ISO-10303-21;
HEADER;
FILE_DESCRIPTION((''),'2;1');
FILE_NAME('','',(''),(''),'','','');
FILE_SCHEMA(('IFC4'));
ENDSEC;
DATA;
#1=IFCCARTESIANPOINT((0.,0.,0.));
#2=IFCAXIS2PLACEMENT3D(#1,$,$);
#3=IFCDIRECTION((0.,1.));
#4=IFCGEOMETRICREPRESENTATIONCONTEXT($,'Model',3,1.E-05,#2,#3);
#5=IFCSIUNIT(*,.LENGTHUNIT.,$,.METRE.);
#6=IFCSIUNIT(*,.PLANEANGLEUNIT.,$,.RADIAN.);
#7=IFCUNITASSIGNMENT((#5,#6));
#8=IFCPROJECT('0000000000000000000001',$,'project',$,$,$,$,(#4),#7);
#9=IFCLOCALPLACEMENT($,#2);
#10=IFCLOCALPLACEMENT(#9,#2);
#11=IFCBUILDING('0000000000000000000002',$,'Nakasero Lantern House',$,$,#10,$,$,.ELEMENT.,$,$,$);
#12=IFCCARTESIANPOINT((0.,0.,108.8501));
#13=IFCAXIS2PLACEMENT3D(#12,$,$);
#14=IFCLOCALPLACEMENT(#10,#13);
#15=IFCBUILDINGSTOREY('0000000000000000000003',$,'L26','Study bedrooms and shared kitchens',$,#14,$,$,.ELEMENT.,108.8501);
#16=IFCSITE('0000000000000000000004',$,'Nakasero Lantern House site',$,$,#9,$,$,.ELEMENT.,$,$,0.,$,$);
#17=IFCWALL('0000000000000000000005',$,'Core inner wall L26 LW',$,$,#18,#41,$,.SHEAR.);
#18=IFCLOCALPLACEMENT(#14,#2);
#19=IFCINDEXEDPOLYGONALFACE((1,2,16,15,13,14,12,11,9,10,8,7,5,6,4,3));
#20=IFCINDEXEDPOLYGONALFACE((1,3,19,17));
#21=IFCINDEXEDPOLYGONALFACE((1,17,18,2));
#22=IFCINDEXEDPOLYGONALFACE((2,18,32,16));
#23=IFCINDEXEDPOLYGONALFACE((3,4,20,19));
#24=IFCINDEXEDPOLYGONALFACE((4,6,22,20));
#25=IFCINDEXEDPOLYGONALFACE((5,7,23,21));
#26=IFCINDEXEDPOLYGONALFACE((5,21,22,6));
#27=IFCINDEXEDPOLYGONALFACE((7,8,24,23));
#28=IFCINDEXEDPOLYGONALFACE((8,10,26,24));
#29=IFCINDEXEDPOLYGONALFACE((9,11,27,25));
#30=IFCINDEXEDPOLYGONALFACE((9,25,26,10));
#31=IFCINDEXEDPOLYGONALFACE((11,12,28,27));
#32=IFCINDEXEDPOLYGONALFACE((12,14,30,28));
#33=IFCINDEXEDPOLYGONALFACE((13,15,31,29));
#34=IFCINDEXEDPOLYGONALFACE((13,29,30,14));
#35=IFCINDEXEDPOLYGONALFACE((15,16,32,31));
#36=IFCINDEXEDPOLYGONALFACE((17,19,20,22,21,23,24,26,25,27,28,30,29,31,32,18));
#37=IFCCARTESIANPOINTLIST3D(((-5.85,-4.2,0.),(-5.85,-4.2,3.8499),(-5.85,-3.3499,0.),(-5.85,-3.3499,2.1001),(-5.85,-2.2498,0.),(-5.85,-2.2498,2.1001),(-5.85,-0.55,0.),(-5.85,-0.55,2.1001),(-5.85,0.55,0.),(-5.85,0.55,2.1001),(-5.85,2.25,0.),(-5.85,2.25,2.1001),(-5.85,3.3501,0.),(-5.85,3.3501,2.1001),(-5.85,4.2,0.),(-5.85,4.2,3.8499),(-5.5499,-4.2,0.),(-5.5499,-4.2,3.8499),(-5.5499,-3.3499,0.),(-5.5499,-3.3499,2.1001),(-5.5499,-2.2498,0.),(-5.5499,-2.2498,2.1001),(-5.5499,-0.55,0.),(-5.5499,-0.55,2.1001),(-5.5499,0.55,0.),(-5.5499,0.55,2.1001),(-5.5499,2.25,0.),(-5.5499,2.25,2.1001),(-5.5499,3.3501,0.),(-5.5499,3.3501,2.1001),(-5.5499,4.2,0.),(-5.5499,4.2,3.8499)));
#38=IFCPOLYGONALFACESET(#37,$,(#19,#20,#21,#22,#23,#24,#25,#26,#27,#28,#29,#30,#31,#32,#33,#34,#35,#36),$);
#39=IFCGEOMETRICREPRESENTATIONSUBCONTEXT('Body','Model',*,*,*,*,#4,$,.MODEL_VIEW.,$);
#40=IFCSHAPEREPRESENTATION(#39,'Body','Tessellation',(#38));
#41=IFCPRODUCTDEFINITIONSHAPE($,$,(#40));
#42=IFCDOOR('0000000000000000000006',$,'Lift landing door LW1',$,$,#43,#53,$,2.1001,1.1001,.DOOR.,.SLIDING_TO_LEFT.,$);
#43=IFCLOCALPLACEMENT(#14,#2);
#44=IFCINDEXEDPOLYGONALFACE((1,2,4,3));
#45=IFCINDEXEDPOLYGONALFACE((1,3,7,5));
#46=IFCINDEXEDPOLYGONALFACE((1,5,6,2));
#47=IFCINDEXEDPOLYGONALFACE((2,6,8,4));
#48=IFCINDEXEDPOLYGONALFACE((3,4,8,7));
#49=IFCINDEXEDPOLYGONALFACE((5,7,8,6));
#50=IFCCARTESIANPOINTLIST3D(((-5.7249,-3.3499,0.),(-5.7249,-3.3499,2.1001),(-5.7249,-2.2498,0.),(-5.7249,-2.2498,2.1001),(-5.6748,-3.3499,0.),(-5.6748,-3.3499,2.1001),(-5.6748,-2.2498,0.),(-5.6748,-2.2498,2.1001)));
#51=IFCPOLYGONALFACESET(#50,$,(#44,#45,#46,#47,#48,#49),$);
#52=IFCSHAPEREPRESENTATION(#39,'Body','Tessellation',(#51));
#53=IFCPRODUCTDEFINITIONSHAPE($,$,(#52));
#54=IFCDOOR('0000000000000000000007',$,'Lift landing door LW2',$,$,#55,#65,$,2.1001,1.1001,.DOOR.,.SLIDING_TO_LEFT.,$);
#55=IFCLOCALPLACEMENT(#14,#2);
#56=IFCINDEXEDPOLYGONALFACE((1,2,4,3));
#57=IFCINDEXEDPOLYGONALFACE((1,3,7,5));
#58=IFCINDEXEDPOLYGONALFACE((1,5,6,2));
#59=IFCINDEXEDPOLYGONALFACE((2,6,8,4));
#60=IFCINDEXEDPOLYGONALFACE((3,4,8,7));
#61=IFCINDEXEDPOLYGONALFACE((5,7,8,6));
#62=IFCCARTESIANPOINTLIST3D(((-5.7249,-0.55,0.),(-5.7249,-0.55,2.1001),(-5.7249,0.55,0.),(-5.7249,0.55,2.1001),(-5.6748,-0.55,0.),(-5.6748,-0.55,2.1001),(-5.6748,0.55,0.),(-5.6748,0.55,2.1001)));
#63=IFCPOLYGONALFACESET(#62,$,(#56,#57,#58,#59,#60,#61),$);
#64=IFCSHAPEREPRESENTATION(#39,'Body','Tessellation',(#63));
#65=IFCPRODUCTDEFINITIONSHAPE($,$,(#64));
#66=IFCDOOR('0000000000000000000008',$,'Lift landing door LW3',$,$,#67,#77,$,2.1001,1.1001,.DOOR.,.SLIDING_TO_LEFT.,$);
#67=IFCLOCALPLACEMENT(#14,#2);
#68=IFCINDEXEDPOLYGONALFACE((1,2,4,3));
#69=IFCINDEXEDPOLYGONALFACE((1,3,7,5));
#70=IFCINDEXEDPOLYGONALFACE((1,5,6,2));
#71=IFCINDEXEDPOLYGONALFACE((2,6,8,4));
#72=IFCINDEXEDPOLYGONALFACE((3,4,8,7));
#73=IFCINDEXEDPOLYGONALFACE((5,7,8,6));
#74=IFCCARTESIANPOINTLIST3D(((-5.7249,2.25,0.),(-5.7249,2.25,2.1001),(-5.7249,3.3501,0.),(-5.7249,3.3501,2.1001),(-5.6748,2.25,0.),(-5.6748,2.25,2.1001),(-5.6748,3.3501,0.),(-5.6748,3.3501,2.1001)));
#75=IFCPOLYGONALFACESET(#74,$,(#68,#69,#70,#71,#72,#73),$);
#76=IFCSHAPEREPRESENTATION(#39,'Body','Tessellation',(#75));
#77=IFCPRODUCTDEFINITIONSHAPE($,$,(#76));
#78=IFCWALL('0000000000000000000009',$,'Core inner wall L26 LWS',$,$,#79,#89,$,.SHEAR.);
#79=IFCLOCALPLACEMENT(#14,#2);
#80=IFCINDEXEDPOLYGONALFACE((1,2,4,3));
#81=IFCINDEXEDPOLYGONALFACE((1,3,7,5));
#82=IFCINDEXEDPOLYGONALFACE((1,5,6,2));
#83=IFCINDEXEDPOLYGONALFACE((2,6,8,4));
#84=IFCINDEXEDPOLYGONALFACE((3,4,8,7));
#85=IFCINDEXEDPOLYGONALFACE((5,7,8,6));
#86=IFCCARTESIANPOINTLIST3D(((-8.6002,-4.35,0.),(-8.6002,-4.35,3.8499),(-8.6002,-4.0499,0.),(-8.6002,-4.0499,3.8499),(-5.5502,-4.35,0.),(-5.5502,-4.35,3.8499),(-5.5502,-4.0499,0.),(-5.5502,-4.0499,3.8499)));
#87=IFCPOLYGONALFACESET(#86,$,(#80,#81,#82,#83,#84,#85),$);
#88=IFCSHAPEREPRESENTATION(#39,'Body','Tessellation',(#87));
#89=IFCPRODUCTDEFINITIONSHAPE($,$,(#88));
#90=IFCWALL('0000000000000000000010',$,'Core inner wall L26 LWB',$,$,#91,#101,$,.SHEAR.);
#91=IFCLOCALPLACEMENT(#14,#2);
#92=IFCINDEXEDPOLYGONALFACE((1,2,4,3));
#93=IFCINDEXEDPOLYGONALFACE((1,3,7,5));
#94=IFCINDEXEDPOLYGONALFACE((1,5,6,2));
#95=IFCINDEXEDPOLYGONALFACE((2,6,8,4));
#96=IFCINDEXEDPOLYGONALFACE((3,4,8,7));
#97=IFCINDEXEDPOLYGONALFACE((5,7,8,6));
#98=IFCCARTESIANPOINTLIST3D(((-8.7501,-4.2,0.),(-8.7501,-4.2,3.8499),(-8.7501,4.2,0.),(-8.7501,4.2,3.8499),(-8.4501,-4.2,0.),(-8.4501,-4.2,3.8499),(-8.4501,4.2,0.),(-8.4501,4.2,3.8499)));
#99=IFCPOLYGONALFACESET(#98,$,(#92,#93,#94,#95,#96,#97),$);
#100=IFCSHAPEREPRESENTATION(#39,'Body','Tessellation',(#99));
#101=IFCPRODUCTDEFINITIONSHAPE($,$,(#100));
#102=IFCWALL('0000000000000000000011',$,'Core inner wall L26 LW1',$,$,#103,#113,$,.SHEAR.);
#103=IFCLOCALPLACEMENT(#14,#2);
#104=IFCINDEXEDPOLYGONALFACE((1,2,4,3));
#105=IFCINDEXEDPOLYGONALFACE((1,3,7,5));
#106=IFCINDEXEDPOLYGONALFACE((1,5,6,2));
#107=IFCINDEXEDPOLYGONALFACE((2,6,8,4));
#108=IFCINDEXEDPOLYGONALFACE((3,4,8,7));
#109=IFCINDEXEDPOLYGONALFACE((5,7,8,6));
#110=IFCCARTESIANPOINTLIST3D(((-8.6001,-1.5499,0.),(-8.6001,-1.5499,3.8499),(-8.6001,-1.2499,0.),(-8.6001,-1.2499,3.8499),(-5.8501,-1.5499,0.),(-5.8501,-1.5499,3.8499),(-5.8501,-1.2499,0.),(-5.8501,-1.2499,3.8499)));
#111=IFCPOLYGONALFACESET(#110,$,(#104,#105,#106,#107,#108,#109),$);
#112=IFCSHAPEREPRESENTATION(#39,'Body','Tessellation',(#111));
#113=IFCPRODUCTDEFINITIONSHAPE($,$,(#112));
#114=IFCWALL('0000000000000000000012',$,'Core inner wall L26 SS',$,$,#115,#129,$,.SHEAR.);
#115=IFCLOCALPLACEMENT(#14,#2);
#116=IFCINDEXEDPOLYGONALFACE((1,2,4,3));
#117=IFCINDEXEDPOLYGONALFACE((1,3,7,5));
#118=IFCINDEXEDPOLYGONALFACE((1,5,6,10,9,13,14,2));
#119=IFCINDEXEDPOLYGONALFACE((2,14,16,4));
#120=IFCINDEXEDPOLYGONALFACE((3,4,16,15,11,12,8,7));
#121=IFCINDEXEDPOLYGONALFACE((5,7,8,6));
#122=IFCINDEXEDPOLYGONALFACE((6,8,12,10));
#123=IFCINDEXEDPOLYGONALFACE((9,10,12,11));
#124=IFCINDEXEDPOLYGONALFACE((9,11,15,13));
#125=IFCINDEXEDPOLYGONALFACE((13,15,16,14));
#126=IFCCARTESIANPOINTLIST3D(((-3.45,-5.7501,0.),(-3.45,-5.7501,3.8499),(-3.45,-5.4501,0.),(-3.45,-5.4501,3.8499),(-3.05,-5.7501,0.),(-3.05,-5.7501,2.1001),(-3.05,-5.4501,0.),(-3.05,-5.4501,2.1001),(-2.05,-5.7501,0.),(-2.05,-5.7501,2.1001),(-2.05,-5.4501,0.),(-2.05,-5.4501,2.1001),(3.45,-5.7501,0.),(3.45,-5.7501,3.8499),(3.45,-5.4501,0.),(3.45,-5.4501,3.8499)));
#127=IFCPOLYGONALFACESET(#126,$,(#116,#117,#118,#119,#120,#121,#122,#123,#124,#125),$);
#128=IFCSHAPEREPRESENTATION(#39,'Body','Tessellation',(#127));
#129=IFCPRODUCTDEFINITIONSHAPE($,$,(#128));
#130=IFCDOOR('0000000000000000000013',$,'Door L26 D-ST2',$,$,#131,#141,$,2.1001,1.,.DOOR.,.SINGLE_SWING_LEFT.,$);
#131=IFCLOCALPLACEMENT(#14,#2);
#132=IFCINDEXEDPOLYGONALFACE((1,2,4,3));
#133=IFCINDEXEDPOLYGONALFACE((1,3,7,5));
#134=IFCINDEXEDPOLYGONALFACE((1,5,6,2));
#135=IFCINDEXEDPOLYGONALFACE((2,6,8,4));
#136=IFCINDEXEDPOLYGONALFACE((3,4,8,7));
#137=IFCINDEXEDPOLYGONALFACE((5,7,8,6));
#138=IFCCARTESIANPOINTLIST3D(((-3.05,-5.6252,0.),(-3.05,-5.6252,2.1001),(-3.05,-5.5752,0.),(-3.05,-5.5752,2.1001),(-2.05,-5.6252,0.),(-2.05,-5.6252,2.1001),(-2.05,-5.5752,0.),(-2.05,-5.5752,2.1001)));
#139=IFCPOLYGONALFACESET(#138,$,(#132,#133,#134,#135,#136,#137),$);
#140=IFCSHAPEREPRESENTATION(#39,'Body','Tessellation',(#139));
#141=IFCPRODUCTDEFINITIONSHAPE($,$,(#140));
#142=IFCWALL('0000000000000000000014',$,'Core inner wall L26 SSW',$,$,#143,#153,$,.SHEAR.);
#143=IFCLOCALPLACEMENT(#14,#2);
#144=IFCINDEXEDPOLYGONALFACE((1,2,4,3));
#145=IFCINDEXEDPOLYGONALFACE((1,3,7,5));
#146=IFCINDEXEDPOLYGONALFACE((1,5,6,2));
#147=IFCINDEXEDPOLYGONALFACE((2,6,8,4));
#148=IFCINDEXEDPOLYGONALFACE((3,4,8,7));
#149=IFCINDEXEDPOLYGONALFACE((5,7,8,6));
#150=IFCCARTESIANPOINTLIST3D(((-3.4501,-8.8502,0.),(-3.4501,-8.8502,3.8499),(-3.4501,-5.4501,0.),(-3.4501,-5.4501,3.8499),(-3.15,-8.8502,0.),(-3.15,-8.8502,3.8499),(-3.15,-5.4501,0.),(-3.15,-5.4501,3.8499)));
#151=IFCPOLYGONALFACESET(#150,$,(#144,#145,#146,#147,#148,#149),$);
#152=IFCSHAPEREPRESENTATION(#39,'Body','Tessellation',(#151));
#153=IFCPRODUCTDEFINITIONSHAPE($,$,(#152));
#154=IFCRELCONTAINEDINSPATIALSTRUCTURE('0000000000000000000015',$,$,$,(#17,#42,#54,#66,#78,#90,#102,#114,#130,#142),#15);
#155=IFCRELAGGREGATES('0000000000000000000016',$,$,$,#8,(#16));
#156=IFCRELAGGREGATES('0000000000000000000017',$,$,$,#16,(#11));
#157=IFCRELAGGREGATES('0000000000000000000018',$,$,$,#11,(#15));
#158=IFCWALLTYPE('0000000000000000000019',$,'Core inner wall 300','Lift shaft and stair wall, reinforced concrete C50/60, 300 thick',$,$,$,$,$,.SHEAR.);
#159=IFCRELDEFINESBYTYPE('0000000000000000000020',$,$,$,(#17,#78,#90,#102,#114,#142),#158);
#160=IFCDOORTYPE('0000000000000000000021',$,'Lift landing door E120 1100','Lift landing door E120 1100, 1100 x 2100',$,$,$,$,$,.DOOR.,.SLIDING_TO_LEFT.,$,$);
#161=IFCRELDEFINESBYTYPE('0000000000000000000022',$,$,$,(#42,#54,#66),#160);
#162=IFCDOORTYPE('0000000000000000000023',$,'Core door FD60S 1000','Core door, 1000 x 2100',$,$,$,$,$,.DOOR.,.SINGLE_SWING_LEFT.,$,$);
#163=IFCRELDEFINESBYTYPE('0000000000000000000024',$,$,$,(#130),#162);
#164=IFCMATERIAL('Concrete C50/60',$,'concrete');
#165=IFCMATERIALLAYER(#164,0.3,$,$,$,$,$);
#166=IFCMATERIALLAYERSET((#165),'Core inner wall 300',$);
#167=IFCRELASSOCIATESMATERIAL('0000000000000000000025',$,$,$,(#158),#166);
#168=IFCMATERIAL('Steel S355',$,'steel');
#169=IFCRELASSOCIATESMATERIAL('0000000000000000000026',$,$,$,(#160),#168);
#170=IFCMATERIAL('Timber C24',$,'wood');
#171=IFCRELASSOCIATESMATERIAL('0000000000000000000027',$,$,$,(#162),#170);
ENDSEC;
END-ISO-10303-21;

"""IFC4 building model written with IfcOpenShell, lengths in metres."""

from ifc_helpers import new_model, si_unit, direction, frame, frame_2d, origin, place, context, subcontext, project, spatial, rectangle, extrude, material, layer, layer_set, type_object, element, fill, save


model = new_model("IFC4")

# Units and contexts
model_context = context("Model", 3, precision=1e-05, world=origin(), true_north=direction((0.0, 1.0)))
body_context = subcontext(model_context, "Body", "Model", "MODEL_VIEW")
ifc_project = project(units=[si_unit("LENGTHUNIT", "METRE"), si_unit("PLANEANGLEUNIT", "RADIAN")], contexts=[model_context])

# Site, building, storey
site_placement = place(None, origin())
site = spatial("IfcSite", under=ifc_project, at=site_placement, Name="Nakasero Lantern House site", CompositionType="ELEMENT", RefElevation=0.0)
building_placement = place(site_placement, origin())
building = spatial("IfcBuilding", under=site, at=building_placement, Name="Nakasero Lantern House", CompositionType="ELEMENT")
storey_placement = place(building_placement, frame((0.0, 0.0, 108.8501)))
storey = spatial("IfcBuildingStorey", under=building, at=storey_placement, Name="L26", Description="Study bedrooms and shared kitchens", CompositionType="ELEMENT", Elevation=108.8501)

# Wall, openings, doors
ifc_material_1 = material(Name="Concrete C50/60", Category="concrete")
ifc_layer_1 = layer(ifc_material_1, 0.3)
ifc_layer_set_1 = layer_set([ifc_layer_1], Name="Core inner wall 300")
wall_type_1 = type_object("IfcWallType", Name="Core inner wall 300", Description="Lift shaft and stair wall, reinforced concrete C50/60, 300 thick", PredefinedType="SHEAR", material=ifc_layer_set_1)
wall_1_placement = place(storey_placement, frame((-5.7, -4.2, 0.0), z_axis=(0.0, 0.0, 1.0), x_axis=(0.0, 1.0, 0.0)))
wall_1 = element("IfcWall", 1, at=wall_1_placement, inside=storey, type_object=wall_type_1, Name="Core inner wall L26 LW", PredefinedType="SHEAR", context=body_context, shape_type="SweptSolid", body=[
    extrude(rectangle(XDim=8.3999, YDim=0.3, at=frame_2d((4.2, 0.0))), origin(), (0.0, 0.0, 1.0), 3.8499),
])
opening_1_placement = place(wall_1_placement, frame((0.8501, 0.0, 0.0)))
opening_1 = element("IfcOpeningElement", 2, at=opening_1_placement, cuts=wall_1, PredefinedType="OPENING", context=body_context, shape_type="SweptSolid", body=[
    extrude(rectangle(XDim=1.1001, YDim=2.1001, at=frame_2d((0.55, 1.05))), frame((0.0, 0.1699, 0.0), z_axis=(0.0, -1.0, 0.0), x_axis=(1.0, 0.0, 0.0)), (0.0, 0.0, 1.0), 0.3401),
])
opening_2_placement = place(wall_1_placement, frame((3.6499, 0.0, 0.0)))
opening_2 = element("IfcOpeningElement", 3, at=opening_2_placement, cuts=wall_1, PredefinedType="OPENING", context=body_context, shape_type="SweptSolid", body=[
    extrude(rectangle(XDim=1.1001, YDim=2.1001, at=frame_2d((0.55, 1.05))), frame((0.0, 0.1699, 0.0), z_axis=(0.0, -1.0, 0.0), x_axis=(1.0, 0.0, 0.0)), (0.0, 0.0, 1.0), 0.3401),
])
opening_3_placement = place(wall_1_placement, frame((6.45, 0.0, 0.0)))
opening_3 = element("IfcOpeningElement", 4, at=opening_3_placement, cuts=wall_1, PredefinedType="OPENING", context=body_context, shape_type="SweptSolid", body=[
    extrude(rectangle(XDim=1.1001, YDim=2.1001, at=frame_2d((0.55, 1.05))), frame((0.0, 0.1699, 0.0), z_axis=(0.0, -1.0, 0.0), x_axis=(1.0, 0.0, 0.0)), (0.0, 0.0, 1.0), 0.3401),
])
ifc_material_2 = material(Name="Steel S355", Category="steel")
door_type_1 = type_object("IfcDoorType", Name="Lift landing door E120 1100", Description="Lift landing door E120 1100, 1100 x 2100", OperationType="SLIDING_TO_LEFT", PredefinedType="DOOR", material=ifc_material_2)
door_1_placement = place(opening_1_placement, origin())
door_1 = element("IfcDoor", 5, at=door_1_placement, inside=storey, type_object=door_type_1, Name="Lift landing door LW1", OperationType="SLIDING_TO_LEFT", OverallHeight=2.1001, OverallWidth=1.1001, PredefinedType="DOOR", context=body_context, shape_type="SweptSolid", body=[
    extrude(rectangle(XDim=1.1001, YDim=2.1001, at=frame_2d((0.55, 1.05))), frame((0.0, 0.0249, 0.0), z_axis=(0.0, -1.0, 0.0), x_axis=(1.0, 0.0, 0.0)), (0.0, 0.0, 1.0), 0.05),
])
fill(opening_1, door_1)
door_2_placement = place(opening_2_placement, origin())
door_2 = element("IfcDoor", 6, at=door_2_placement, inside=storey, type_object=door_type_1, Name="Lift landing door LW2", OperationType="SLIDING_TO_LEFT", OverallHeight=2.1001, OverallWidth=1.1001, PredefinedType="DOOR", context=body_context, shape_type="SweptSolid", body=[
    extrude(rectangle(XDim=1.1001, YDim=2.1001, at=frame_2d((0.55, 1.05))), frame((0.0, 0.0249, 0.0), z_axis=(0.0, -1.0, 0.0), x_axis=(1.0, 0.0, 0.0)), (0.0, 0.0, 1.0), 0.05),
])
fill(opening_2, door_2)
door_3_placement = place(opening_3_placement, origin())
door_3 = element("IfcDoor", 7, at=door_3_placement, inside=storey, type_object=door_type_1, Name="Lift landing door LW3", OperationType="SLIDING_TO_LEFT", OverallHeight=2.1001, OverallWidth=1.1001, PredefinedType="DOOR", context=body_context, shape_type="SweptSolid", body=[
    extrude(rectangle(XDim=1.1001, YDim=2.1001, at=frame_2d((0.55, 1.05))), frame((0.0, 0.0249, 0.0), z_axis=(0.0, -1.0, 0.0), x_axis=(1.0, 0.0, 0.0)), (0.0, 0.0, 1.0), 0.05),
])
fill(opening_3, door_3)

# Walls
wall_2_placement = place(storey_placement, frame((-8.6001, -4.2, 0.0), z_axis=(0.0, 0.0, 1.0), x_axis=(1.0, 0.0, 0.0)))
element("IfcWall", 8, at=wall_2_placement, inside=storey, type_object=wall_type_1, Name="Core inner wall L26 LWS", PredefinedType="SHEAR", context=body_context, shape_type="SweptSolid", body=[
    extrude(rectangle(XDim=3.05, YDim=0.3, at=frame_2d((1.5249, 0.0))), origin(), (0.0, 0.0, 1.0), 3.8499),
])
wall_3_placement = place(storey_placement, frame((-8.6001, -4.2, 0.0), z_axis=(0.0, 0.0, 1.0), x_axis=(0.0, 1.0, 0.0)))
element("IfcWall", 9, at=wall_3_placement, inside=storey, type_object=wall_type_1, Name="Core inner wall L26 LWB", PredefinedType="SHEAR", context=body_context, shape_type="SweptSolid", body=[
    extrude(rectangle(XDim=8.3999, YDim=0.3, at=frame_2d((4.2, 0.0))), origin(), (0.0, 0.0, 1.0), 3.8499),
])
wall_4_placement = place(storey_placement, frame((-8.6001, -1.3999, 0.0), z_axis=(0.0, 0.0, 1.0), x_axis=(1.0, 0.0, 0.0)))
element("IfcWall", 10, at=wall_4_placement, inside=storey, type_object=wall_type_1, Name="Core inner wall L26 LW1", PredefinedType="SHEAR", context=body_context, shape_type="SweptSolid", body=[
    extrude(rectangle(XDim=2.75, YDim=0.3, at=frame_2d((1.375, 0.0))), origin(), (0.0, 0.0, 1.0), 3.8499),
])

# Wall, opening, door
wall_5_placement = place(storey_placement, frame((-3.45, -5.6001, 0.0), z_axis=(0.0, 0.0, 1.0), x_axis=(1.0, 0.0, 0.0)))
wall_5 = element("IfcWall", 11, at=wall_5_placement, inside=storey, type_object=wall_type_1, Name="Core inner wall L26 SS", PredefinedType="SHEAR", context=body_context, shape_type="SweptSolid", body=[
    extrude(rectangle(XDim=6.8999, YDim=0.3, at=frame_2d((3.45, 0.0))), origin(), (0.0, 0.0, 1.0), 3.8499),
])
opening_4_placement = place(wall_5_placement, frame((0.3999, 0.0, 0.0)))
opening_4 = element("IfcOpeningElement", 12, at=opening_4_placement, cuts=wall_5, PredefinedType="OPENING", context=body_context, shape_type="SweptSolid", body=[
    extrude(rectangle(XDim=1.0, YDim=2.1001, at=frame_2d((0.5, 1.05))), frame((0.0, 0.1699, 0.0), z_axis=(0.0, -1.0, 0.0), x_axis=(1.0, 0.0, 0.0)), (0.0, 0.0, 1.0), 0.3401),
])
ifc_material_3 = material(Name="Timber C24", Category="wood")
door_type_2 = type_object("IfcDoorType", Name="Core door FD60S 1000", Description="Core door, 1000 x 2100", OperationType="SINGLE_SWING_LEFT", PredefinedType="DOOR", material=ifc_material_3)
door_4_placement = place(opening_4_placement, origin())
door_4 = element("IfcDoor", 13, at=door_4_placement, inside=storey, type_object=door_type_2, Name="Door L26 D-ST2", OperationType="SINGLE_SWING_LEFT", OverallHeight=2.1001, OverallWidth=1.0, PredefinedType="DOOR", context=body_context, shape_type="SweptSolid", body=[
    extrude(rectangle(XDim=1.0, YDim=2.1001, at=frame_2d((0.5, 1.05))), frame((0.0, 0.0249, 0.0), z_axis=(0.0, -1.0, 0.0), x_axis=(1.0, 0.0, 0.0)), (0.0, 0.0, 1.0), 0.05),
])
fill(opening_4, door_4)

# Wall
wall_6_placement = place(storey_placement, frame((-3.3, -5.45, 0.0), z_axis=(0.0, 0.0, 1.0), x_axis=(0.0, -1.0, 0.0)))
element("IfcWall", 14, at=wall_6_placement, inside=storey, type_object=wall_type_1, Name="Core inner wall L26 SSW", PredefinedType="SHEAR", context=body_context, shape_type="SweptSolid", body=[
    extrude(rectangle(XDim=3.4001, YDim=0.3, at=frame_2d((1.7002, 0.0))), origin(), (0.0, 0.0, 1.0), 3.8499),
])

save(model, "model.ifc")
